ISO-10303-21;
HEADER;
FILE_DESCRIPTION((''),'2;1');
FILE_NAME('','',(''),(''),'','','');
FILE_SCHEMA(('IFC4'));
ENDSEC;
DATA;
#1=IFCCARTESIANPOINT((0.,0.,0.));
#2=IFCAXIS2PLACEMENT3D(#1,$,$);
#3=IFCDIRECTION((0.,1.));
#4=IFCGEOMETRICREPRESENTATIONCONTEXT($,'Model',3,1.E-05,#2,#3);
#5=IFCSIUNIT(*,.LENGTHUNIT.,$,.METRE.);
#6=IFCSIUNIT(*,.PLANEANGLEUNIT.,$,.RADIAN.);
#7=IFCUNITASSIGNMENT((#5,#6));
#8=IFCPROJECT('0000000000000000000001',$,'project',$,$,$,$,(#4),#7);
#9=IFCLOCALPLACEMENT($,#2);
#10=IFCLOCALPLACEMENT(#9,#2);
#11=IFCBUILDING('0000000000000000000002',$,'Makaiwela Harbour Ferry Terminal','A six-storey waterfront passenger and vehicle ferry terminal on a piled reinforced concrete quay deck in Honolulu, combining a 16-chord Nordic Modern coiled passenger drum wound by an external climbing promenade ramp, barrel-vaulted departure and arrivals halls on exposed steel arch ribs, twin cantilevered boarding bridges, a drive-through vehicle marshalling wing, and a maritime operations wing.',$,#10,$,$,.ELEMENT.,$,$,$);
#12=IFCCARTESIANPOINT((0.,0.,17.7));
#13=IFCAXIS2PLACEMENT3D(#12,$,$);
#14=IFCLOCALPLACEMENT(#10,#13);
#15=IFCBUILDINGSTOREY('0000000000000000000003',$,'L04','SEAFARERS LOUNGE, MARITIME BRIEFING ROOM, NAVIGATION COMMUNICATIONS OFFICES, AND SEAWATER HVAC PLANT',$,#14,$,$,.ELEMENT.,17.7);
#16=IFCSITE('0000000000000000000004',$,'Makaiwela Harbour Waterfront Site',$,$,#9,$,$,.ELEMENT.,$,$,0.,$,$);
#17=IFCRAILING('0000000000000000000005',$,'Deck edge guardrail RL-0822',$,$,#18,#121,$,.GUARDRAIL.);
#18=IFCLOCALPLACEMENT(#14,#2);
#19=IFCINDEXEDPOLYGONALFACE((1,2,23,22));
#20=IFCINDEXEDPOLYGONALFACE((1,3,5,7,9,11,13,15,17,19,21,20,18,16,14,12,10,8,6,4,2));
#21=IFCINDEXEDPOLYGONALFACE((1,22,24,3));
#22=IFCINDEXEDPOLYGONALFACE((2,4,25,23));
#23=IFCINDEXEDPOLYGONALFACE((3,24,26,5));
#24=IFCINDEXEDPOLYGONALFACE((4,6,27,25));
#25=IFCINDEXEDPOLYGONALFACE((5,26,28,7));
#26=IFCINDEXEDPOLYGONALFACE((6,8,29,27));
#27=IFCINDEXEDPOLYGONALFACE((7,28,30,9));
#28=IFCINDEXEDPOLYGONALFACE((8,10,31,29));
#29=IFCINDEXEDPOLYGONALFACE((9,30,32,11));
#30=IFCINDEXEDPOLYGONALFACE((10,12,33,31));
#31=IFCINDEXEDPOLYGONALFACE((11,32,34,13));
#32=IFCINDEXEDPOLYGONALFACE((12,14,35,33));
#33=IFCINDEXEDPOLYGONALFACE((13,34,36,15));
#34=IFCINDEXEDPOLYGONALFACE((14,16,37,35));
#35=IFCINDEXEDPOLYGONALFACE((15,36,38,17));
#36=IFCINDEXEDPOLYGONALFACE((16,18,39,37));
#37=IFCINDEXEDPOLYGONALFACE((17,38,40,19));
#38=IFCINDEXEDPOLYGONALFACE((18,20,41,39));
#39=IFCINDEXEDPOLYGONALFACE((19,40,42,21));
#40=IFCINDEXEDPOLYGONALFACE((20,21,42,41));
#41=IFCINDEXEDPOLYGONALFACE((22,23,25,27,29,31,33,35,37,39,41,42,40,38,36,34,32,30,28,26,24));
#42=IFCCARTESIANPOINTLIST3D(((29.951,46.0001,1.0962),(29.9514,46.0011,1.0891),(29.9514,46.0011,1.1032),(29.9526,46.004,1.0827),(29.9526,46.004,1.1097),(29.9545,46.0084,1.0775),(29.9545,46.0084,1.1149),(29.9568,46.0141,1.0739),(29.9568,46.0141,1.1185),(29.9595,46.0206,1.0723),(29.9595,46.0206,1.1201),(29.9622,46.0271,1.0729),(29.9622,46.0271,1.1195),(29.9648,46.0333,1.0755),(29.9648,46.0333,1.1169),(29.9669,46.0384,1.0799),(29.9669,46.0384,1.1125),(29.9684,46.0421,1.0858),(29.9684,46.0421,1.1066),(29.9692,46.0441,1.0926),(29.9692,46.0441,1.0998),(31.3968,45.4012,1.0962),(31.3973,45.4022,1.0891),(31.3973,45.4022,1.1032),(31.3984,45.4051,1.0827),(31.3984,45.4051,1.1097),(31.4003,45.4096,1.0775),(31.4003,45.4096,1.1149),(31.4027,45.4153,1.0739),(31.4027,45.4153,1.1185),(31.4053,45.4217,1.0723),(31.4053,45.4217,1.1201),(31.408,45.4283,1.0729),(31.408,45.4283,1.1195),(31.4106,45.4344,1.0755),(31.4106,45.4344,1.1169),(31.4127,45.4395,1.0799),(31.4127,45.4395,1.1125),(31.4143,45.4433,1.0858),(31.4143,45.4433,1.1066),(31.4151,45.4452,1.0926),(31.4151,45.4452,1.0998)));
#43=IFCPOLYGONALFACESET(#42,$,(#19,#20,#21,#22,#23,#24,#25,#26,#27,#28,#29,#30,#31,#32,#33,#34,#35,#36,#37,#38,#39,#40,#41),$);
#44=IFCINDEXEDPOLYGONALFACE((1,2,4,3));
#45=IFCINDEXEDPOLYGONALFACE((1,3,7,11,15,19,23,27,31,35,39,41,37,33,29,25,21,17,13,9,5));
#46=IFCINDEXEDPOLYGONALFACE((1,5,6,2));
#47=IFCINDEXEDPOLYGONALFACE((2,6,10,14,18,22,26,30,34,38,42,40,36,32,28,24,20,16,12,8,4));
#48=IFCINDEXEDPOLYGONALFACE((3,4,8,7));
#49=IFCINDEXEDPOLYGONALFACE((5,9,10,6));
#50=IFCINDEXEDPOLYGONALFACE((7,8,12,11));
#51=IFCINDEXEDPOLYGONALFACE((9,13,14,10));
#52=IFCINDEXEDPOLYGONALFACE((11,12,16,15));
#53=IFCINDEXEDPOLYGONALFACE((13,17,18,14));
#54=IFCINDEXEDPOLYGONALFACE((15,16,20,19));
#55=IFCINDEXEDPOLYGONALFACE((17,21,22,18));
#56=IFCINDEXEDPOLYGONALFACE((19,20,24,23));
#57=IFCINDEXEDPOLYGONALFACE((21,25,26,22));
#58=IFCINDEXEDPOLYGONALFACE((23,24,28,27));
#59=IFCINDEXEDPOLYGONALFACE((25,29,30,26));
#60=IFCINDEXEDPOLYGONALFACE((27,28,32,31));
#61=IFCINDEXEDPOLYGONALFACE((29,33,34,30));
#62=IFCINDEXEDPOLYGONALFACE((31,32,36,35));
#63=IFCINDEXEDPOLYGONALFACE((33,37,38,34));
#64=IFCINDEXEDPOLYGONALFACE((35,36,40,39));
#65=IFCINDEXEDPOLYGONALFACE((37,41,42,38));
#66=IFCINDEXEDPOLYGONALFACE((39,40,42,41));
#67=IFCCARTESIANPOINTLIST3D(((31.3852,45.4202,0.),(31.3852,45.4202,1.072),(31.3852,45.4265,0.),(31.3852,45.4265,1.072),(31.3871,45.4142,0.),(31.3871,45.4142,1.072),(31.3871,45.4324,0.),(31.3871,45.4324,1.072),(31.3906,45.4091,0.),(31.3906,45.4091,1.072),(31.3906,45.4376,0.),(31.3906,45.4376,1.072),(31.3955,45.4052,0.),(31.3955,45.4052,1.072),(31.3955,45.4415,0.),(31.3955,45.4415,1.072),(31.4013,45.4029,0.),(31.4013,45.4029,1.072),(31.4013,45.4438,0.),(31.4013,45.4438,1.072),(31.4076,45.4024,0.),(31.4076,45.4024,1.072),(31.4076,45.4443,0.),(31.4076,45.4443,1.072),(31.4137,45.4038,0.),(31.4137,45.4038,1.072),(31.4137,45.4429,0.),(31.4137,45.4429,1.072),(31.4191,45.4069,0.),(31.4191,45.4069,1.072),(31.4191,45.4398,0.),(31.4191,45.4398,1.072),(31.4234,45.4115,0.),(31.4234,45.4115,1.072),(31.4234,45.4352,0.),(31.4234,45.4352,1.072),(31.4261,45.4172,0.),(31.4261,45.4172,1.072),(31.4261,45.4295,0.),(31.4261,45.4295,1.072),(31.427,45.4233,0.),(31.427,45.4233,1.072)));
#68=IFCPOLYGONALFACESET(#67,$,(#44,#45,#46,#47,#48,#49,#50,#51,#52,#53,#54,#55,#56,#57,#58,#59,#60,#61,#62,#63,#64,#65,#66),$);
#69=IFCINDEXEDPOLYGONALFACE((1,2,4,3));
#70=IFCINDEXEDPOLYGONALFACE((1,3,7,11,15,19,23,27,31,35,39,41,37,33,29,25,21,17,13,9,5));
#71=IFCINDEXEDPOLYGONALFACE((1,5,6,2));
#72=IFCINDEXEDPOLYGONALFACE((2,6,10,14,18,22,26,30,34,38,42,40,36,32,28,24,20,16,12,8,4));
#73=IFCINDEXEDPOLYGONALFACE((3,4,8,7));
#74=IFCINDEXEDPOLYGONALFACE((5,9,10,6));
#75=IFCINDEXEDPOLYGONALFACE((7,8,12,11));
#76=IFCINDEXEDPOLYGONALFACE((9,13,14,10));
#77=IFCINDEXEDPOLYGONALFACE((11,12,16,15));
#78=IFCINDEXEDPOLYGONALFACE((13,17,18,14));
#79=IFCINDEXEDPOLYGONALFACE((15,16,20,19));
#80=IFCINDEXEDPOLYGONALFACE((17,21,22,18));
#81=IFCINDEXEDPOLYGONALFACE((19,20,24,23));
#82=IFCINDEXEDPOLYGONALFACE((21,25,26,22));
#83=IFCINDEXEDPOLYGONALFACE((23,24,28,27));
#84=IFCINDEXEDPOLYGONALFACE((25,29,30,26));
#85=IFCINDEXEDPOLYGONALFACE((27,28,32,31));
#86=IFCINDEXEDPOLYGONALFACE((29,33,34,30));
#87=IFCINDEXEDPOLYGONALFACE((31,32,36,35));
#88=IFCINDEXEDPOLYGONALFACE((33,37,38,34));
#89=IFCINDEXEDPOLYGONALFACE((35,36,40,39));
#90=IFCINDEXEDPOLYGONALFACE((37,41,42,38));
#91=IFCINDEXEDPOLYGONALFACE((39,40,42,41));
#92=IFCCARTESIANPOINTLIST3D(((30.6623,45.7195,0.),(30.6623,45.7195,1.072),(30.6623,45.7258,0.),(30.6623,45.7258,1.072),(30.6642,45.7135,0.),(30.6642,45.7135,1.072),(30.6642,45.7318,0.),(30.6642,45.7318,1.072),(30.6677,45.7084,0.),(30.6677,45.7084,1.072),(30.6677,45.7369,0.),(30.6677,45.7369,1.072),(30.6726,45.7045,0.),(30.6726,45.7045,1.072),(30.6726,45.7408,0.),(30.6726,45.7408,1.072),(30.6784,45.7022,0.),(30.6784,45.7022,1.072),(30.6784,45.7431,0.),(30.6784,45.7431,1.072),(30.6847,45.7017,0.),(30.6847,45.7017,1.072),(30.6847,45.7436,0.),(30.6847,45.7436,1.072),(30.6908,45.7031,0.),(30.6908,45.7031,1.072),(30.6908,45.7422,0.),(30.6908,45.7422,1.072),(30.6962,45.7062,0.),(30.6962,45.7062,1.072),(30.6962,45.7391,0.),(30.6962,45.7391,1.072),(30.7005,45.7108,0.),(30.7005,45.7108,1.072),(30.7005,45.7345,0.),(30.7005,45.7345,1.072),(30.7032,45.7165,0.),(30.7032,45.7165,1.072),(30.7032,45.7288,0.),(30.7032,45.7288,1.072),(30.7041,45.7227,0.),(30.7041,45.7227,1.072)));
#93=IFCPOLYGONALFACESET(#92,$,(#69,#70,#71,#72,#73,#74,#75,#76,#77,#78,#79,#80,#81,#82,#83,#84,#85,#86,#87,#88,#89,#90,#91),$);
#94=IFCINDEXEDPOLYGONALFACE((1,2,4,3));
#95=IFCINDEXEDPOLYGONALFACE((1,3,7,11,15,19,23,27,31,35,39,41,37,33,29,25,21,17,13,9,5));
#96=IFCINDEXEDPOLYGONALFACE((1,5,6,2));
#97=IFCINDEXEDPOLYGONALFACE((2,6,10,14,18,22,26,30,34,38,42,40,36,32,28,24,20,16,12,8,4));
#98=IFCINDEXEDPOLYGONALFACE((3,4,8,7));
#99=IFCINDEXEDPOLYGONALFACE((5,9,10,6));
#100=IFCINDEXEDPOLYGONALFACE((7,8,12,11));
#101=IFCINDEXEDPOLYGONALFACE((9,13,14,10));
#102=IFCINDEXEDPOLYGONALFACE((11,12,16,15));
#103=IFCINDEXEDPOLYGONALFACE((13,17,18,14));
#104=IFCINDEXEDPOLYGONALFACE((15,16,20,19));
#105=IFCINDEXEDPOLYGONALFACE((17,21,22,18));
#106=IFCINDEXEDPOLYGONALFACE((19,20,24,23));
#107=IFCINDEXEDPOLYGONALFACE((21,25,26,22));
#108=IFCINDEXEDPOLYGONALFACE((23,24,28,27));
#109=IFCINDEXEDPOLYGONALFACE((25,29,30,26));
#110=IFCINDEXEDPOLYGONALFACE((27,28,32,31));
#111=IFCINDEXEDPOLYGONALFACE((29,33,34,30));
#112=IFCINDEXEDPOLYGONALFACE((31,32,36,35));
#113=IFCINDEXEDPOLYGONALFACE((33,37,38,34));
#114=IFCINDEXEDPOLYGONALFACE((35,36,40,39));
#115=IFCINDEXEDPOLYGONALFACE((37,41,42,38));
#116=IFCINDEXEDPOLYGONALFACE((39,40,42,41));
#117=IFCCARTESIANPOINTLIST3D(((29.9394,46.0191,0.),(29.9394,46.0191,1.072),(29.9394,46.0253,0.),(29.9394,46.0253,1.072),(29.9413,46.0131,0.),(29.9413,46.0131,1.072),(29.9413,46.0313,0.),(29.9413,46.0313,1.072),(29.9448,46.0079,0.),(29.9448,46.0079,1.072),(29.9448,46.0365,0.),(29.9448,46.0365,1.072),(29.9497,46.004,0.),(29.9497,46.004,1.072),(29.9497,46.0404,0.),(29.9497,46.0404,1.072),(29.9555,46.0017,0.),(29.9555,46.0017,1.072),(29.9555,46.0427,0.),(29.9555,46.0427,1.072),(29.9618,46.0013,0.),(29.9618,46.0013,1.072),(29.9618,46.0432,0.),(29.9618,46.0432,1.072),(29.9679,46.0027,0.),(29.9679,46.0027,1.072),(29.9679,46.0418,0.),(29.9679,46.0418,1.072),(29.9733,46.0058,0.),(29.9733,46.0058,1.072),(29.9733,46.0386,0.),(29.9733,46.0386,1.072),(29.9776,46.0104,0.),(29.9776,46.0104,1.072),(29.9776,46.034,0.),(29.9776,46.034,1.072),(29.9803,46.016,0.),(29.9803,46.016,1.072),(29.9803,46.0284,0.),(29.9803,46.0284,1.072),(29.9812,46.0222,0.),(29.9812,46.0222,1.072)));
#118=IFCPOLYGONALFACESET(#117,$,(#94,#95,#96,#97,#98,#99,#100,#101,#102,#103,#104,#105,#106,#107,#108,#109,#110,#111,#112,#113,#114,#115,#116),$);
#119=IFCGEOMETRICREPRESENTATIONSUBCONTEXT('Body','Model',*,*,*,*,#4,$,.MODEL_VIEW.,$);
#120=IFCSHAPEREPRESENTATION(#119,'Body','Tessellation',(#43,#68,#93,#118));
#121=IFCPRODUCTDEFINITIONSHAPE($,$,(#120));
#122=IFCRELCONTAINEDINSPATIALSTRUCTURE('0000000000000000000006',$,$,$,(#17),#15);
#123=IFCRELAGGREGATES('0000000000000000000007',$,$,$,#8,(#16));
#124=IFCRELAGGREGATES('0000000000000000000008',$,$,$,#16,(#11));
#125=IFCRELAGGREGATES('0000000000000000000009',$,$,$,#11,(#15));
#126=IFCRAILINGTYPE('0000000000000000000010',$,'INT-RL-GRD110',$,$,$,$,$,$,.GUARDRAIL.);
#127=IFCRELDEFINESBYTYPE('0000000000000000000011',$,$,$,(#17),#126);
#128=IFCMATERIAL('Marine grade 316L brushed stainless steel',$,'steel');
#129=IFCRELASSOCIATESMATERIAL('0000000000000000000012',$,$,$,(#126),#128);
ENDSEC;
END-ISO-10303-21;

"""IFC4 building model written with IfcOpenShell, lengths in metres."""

from ifc_helpers import new_model, si_unit, direction, frame, origin, origin_2d, place, context, subcontext, project, spatial, circle, extrude, material, type_object, element, save


model = new_model("IFC4")

# Units and contexts
model_context = context("Model", 3, precision=1e-05, world=origin(), true_north=direction((0.0, 1.0)))
body_context = subcontext(model_context, "Body", "Model", "MODEL_VIEW")
ifc_project = project(units=[si_unit("LENGTHUNIT", "METRE"), si_unit("PLANEANGLEUNIT", "RADIAN")], contexts=[model_context])

# Site, building, storey
site_placement = place(None, origin())
site = spatial("IfcSite", under=ifc_project, at=site_placement, Name="Makaiwela Harbour Waterfront Site", CompositionType="ELEMENT", RefElevation=0.0)
building_placement = place(site_placement, origin())
building = spatial("IfcBuilding", under=site, at=building_placement, Name="Makaiwela Harbour Ferry Terminal", Description="A six-storey waterfront passenger and vehicle ferry terminal on a piled reinforced concrete quay deck in Honolulu, combining a 16-chord Nordic Modern coiled passenger drum wound by an external climbing promenade ramp, barrel-vaulted departure and arrivals halls on exposed steel arch ribs, twin cantilevered boarding bridges, a drive-through vehicle marshalling wing, and a maritime operations wing.", CompositionType="ELEMENT")
storey_placement = place(building_placement, frame((0.0, 0.0, 17.7)))
storey = spatial("IfcBuildingStorey", under=building, at=storey_placement, Name="L04", Description="SEAFARERS LOUNGE, MARITIME BRIEFING ROOM, NAVIGATION COMMUNICATIONS OFFICES, AND SEAWATER HVAC PLANT", CompositionType="ELEMENT", Elevation=17.7)

# Railing
ifc_material_1 = material(Name="Marine grade 316L brushed stainless steel", Category="steel")
railing_type_1 = type_object("IfcRailingType", Name="INT-RL-GRD110", PredefinedType="GUARDRAIL", material=ifc_material_1)
railing_1_placement = place(storey_placement, frame((31.406, 45.4233, 0.0)))
element("IfcRailing", 1, at=railing_1_placement, inside=storey, type_object=railing_type_1, Name="Deck edge guardrail RL-0822", PredefinedType="GUARDRAIL", context=body_context, shape_type="SweptSolid", body=[
    extrude(circle(Radius=0.0239, at=origin_2d()), frame((0.0, 0.0, 1.0962), z_axis=(-0.923878, 0.382687, 0.0), x_axis=(-0.382687, -0.923878, 0.0)), (0.0, 0.0, 1.0), 1.5649),
    extrude(circle(Radius=0.021, at=origin_2d()), origin(), (0.0, 0.0, 1.0), 1.072),
    extrude(circle(Radius=0.021, at=origin_2d()), frame((-0.7229, 0.2993, 0.0)), (0.0, 0.0, 1.0), 1.072),
    extrude(circle(Radius=0.021, at=origin_2d()), frame((-1.4458, 0.5989, 0.0)), (0.0, 0.0, 1.0), 1.072),
])

save(model, "model.ifc")
